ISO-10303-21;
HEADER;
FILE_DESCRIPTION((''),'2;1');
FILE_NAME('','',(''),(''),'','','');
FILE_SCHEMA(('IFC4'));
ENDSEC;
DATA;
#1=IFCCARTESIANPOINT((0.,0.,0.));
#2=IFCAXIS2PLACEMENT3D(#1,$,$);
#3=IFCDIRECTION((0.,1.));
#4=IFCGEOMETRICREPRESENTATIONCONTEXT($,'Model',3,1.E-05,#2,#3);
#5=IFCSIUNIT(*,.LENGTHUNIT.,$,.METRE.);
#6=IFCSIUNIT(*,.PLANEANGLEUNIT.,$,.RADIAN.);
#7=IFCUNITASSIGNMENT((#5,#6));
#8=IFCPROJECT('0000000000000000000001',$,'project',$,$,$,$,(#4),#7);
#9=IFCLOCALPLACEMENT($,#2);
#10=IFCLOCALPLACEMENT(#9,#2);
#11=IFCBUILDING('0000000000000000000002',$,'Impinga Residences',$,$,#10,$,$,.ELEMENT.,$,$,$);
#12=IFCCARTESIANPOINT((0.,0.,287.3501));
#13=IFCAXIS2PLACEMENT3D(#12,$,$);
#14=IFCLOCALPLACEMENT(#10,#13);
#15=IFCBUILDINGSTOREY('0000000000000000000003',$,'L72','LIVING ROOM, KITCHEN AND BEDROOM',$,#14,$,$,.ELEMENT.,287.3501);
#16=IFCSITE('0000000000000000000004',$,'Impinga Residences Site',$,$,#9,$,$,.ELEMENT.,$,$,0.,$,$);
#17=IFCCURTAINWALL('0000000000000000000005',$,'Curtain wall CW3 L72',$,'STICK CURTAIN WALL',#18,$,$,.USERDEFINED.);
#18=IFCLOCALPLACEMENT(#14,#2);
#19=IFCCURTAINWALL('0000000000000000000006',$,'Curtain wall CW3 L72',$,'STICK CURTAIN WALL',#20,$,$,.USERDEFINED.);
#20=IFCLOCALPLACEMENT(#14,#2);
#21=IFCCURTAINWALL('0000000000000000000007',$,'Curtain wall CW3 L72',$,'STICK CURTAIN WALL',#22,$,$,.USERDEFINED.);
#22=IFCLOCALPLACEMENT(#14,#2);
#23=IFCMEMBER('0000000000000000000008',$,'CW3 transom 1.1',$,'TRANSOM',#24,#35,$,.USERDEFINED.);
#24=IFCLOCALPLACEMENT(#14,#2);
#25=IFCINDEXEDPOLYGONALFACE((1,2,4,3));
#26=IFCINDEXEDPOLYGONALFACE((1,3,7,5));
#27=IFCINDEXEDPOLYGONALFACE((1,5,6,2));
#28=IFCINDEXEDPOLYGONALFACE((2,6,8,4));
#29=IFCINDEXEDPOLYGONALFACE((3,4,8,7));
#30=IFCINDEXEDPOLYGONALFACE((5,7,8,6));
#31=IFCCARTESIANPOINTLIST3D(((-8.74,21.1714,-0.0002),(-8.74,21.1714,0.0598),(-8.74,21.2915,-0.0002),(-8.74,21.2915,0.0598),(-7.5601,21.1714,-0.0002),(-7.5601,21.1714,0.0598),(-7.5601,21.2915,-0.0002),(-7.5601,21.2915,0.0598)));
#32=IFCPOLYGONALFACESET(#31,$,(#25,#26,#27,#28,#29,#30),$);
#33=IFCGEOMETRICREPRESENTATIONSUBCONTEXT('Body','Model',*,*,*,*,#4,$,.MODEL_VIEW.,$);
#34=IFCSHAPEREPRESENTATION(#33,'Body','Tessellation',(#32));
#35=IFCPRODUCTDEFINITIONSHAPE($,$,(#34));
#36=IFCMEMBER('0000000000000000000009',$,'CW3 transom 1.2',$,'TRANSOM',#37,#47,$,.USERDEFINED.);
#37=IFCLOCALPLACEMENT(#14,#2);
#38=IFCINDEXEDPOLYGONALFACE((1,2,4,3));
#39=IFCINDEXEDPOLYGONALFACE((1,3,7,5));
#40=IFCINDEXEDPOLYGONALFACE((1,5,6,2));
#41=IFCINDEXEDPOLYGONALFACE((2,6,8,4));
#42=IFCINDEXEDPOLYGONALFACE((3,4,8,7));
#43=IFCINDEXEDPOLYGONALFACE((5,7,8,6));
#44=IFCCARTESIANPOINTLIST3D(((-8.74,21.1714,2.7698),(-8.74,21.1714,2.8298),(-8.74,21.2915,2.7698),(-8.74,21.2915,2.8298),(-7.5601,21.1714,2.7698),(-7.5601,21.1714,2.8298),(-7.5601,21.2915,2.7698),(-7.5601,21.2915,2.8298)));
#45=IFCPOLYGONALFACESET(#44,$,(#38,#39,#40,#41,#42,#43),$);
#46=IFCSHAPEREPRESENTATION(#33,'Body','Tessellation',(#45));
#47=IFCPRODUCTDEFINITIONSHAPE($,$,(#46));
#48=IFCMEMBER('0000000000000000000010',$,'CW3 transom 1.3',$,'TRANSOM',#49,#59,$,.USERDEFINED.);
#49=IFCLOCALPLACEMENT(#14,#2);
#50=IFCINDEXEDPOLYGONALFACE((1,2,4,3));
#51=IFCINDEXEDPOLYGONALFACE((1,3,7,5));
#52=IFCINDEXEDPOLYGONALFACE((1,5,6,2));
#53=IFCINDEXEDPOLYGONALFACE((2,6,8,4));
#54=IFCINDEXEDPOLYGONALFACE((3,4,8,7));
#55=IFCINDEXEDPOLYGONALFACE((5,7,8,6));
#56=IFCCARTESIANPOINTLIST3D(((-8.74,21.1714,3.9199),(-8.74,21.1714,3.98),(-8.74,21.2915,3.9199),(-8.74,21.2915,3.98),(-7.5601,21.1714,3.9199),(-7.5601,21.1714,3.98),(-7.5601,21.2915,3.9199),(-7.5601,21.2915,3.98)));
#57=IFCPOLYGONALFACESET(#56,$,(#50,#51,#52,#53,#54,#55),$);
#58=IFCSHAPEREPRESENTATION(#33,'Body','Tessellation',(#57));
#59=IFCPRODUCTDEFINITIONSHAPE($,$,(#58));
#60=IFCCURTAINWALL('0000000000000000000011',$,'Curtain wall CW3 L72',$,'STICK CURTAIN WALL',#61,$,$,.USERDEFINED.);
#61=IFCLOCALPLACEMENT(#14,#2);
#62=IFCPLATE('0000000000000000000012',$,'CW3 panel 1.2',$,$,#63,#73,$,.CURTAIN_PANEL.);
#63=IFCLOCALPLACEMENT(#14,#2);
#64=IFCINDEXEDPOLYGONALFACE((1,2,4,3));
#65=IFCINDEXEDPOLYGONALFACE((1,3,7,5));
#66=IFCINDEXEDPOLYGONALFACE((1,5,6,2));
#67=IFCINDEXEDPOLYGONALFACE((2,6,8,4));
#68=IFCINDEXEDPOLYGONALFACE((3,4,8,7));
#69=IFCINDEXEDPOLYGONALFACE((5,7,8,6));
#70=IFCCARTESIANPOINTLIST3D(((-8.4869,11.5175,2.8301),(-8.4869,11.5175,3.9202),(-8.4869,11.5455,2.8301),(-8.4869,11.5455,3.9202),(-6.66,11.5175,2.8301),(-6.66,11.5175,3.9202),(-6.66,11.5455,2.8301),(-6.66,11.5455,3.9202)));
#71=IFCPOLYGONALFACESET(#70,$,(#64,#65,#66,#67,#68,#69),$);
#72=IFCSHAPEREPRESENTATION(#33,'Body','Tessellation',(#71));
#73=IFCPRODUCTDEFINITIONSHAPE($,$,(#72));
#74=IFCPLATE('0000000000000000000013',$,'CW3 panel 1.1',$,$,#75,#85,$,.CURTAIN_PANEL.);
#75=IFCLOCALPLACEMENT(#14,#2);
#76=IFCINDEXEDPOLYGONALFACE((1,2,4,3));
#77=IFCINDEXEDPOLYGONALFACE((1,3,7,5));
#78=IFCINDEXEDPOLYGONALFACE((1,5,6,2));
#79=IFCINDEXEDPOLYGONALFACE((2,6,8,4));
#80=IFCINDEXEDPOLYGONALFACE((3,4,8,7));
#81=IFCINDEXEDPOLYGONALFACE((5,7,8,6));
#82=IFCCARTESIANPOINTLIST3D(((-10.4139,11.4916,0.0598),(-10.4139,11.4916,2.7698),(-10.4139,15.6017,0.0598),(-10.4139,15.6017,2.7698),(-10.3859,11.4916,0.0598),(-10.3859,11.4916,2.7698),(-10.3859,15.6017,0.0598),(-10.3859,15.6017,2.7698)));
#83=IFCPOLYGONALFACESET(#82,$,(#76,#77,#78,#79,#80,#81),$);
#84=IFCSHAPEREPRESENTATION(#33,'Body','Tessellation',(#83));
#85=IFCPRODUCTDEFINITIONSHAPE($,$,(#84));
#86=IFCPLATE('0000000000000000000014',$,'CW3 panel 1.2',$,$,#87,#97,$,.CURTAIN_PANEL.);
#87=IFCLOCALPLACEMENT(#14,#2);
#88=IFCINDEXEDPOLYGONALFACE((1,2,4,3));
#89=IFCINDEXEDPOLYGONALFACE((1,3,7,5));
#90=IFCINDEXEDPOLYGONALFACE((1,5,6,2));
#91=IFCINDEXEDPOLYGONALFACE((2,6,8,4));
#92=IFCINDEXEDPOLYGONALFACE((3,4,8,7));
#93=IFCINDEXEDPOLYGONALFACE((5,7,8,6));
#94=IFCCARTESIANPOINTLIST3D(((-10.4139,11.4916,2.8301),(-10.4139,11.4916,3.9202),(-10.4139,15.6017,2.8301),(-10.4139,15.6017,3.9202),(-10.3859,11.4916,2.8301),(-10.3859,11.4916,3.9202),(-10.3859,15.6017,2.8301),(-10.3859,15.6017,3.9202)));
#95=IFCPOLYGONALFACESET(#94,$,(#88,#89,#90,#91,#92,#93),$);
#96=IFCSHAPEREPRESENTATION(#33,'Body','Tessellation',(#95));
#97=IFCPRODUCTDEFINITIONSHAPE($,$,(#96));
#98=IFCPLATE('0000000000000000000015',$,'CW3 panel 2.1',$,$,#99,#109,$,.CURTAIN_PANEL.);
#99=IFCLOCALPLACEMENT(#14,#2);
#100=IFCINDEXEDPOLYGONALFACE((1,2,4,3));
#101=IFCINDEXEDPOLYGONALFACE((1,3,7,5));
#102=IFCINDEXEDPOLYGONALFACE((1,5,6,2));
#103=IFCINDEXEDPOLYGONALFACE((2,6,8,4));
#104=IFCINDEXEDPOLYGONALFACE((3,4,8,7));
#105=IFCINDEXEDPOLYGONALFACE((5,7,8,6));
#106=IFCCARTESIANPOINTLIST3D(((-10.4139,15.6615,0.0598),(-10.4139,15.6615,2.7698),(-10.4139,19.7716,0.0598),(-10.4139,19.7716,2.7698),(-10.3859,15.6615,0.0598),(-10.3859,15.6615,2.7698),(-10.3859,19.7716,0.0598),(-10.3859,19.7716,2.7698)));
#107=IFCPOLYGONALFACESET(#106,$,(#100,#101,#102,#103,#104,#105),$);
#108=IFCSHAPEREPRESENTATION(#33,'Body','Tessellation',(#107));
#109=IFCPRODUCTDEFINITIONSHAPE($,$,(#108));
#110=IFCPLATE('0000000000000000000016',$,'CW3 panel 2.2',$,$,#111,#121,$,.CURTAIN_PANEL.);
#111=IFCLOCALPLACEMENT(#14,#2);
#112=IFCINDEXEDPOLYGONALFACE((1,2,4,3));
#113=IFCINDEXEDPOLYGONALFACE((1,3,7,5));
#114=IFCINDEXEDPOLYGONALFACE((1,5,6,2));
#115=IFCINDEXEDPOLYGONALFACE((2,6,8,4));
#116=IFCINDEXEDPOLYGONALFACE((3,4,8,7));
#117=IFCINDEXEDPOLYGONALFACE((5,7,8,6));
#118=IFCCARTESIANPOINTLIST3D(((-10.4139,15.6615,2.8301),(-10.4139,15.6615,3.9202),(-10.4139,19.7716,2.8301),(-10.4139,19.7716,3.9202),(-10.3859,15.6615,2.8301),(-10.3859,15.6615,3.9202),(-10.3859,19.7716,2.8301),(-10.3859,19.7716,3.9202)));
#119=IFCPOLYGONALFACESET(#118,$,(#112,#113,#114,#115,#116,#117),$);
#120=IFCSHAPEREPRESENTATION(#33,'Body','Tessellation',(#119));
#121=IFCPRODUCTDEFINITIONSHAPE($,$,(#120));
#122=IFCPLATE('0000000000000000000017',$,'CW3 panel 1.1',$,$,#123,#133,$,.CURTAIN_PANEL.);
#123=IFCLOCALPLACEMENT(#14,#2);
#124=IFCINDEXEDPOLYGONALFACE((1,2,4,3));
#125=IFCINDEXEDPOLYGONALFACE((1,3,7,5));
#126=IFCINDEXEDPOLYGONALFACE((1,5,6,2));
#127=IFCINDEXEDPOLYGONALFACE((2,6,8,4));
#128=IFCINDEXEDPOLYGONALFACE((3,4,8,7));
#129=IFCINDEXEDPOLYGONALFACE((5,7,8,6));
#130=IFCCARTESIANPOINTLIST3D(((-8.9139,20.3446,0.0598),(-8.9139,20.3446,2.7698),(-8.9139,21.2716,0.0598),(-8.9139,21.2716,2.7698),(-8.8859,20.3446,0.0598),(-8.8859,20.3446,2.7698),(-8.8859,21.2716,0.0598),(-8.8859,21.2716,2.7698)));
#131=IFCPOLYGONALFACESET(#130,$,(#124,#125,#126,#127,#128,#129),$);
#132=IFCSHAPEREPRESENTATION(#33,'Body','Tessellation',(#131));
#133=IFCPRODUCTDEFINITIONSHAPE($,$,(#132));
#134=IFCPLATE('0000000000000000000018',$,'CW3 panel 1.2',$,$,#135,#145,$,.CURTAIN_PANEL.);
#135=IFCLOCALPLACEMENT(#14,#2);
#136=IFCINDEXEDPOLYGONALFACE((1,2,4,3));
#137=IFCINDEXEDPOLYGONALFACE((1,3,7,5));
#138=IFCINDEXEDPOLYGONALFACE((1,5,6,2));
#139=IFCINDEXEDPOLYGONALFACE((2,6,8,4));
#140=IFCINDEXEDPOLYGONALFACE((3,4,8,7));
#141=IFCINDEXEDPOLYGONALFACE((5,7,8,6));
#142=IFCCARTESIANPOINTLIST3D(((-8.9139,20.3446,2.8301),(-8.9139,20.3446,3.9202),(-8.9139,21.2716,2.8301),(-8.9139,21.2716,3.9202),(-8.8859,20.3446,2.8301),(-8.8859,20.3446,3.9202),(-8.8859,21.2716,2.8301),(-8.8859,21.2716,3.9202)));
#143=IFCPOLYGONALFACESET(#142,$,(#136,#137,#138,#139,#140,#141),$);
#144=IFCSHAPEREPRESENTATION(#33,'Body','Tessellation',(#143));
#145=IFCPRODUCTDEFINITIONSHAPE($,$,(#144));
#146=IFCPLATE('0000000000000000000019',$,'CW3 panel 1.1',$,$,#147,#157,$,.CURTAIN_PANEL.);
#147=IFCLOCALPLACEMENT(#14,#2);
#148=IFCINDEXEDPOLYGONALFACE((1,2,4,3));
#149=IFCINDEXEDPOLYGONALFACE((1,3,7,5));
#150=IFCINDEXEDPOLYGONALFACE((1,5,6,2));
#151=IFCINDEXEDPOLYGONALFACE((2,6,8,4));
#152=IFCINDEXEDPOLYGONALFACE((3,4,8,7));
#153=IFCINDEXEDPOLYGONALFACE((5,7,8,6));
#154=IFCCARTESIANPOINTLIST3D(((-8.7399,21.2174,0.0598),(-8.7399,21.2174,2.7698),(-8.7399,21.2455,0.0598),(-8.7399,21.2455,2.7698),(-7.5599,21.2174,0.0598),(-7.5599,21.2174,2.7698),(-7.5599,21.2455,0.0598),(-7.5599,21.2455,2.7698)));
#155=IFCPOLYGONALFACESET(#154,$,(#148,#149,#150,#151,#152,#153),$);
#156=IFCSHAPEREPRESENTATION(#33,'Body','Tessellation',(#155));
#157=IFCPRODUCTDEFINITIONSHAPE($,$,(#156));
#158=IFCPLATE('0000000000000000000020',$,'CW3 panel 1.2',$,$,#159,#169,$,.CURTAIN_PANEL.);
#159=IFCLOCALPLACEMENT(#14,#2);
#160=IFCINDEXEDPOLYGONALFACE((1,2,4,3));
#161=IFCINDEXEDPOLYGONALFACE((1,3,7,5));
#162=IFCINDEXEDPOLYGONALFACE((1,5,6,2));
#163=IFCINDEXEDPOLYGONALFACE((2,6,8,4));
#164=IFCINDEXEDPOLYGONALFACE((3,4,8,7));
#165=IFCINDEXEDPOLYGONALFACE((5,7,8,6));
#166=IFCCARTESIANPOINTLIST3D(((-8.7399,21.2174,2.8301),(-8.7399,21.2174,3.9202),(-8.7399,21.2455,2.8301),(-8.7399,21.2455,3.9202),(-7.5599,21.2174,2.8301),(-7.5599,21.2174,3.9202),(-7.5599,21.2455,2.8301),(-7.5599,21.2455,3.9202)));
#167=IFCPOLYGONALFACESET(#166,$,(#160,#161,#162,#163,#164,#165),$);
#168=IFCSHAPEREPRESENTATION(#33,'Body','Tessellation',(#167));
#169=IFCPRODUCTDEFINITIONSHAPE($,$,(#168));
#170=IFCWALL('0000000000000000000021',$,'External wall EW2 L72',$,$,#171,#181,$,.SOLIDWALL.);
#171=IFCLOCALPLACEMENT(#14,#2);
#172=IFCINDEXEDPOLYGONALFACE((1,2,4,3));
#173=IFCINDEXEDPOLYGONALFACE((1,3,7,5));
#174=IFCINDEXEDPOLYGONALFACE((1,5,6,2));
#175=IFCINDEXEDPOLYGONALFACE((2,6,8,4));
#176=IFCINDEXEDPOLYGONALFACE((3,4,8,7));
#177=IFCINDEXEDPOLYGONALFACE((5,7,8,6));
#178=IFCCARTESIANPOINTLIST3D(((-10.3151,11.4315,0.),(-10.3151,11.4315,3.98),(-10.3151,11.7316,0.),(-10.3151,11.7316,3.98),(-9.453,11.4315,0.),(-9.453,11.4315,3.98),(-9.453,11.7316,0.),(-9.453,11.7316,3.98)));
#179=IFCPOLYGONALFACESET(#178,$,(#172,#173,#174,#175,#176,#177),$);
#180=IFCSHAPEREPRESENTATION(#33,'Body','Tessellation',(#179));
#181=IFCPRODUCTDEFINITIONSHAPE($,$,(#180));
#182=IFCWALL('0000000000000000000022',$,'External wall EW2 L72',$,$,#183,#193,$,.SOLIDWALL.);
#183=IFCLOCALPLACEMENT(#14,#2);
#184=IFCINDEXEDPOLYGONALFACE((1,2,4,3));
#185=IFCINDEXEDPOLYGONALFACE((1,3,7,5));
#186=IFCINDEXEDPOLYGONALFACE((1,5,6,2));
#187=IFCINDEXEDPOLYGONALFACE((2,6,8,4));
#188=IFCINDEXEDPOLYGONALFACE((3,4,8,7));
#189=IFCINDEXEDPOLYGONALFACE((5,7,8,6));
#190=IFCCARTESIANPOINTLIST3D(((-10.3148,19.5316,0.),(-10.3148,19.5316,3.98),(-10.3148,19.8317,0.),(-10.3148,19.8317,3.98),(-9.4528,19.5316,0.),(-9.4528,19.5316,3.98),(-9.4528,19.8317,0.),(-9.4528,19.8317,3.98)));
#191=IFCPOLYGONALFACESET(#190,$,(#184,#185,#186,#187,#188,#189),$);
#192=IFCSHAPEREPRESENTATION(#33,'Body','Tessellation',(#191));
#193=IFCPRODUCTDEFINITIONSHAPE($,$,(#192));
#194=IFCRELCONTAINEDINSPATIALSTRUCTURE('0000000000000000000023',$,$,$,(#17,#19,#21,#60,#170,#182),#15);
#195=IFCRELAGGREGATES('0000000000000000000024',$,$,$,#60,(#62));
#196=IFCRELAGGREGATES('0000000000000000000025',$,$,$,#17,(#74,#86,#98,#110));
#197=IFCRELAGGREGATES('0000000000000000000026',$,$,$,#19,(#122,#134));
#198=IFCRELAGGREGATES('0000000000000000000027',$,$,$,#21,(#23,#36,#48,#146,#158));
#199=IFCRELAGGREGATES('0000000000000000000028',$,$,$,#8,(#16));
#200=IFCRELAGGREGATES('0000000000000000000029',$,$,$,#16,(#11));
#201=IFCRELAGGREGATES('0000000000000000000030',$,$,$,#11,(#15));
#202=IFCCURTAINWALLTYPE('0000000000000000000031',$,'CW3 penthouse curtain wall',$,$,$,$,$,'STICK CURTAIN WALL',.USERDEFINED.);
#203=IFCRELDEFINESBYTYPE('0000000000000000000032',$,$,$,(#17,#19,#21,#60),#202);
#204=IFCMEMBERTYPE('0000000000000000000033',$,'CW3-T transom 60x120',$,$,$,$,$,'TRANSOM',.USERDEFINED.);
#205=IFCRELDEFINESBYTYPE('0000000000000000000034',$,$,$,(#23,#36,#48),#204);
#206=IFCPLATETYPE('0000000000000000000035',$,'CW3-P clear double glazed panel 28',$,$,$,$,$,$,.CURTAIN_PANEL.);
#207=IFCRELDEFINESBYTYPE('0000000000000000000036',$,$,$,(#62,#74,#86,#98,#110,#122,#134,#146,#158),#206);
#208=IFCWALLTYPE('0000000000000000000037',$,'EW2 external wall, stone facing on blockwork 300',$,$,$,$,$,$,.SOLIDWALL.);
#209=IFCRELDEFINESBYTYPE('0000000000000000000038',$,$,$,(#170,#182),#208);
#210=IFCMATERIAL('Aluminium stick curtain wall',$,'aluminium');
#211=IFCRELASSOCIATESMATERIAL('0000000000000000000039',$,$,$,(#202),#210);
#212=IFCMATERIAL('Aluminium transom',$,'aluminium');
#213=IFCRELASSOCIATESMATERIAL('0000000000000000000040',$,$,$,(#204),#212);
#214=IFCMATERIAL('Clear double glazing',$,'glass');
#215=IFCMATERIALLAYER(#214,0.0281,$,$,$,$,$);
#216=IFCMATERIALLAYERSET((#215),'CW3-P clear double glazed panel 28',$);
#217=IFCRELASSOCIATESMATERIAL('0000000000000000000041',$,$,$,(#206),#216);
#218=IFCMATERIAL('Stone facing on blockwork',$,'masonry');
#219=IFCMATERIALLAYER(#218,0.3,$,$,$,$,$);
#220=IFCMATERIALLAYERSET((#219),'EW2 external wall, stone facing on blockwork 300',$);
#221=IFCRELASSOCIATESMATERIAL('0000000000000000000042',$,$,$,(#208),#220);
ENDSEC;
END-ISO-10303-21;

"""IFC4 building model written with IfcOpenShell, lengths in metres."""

from ifc_helpers import new_model, si_unit, direction, frame, frame_2d, origin, origin_2d, place, context, subcontext, project, spatial, rectangle, extrude, material, layer, layer_set, material_profile, profile_set, type_object, element, aggregate, save


model = new_model("IFC4")

# Units and contexts
model_context = context("Model", 3, precision=1e-05, world=origin(), true_north=direction((0.0, 1.0)))
body_context = subcontext(model_context, "Body", "Model", "MODEL_VIEW")
ifc_project = project(units=[si_unit("LENGTHUNIT", "METRE"), si_unit("PLANEANGLEUNIT", "RADIAN")], contexts=[model_context])

# Site, building, storey
site_placement = place(None, origin())
site = spatial("IfcSite", under=ifc_project, at=site_placement, Name="Impinga Residences Site", CompositionType="ELEMENT", RefElevation=0.0)
building_placement = place(site_placement, origin())
building = spatial("IfcBuilding", under=site, at=building_placement, Name="Impinga Residences", CompositionType="ELEMENT")
storey_placement = place(building_placement, frame((0.0, 0.0, 287.3501)))
storey = spatial("IfcBuildingStorey", under=building, at=storey_placement, Name="L72", Description="LIVING ROOM, KITCHEN AND BEDROOM", CompositionType="ELEMENT", Elevation=287.3501)

# Curtain walls
ifc_material_1 = material(Name="Aluminium stick curtain wall", Category="aluminium")
curtain_wall_type = type_object("IfcCurtainWallType", Name="CW3 penthouse curtain wall", ElementType="STICK CURTAIN WALL", PredefinedType="USERDEFINED", material=ifc_material_1)
curtain_wall_1_placement = place(storey_placement, origin())
curtain_wall_1 = element("IfcCurtainWall", 1, at=curtain_wall_1_placement, inside=storey, type_object=curtain_wall_type, Name="Curtain wall CW3 L72", ObjectType="STICK CURTAIN WALL", PredefinedType="USERDEFINED")
curtain_wall_2_placement = place(storey_placement, origin())
curtain_wall_2 = element("IfcCurtainWall", 2, at=curtain_wall_2_placement, inside=storey, type_object=curtain_wall_type, Name="Curtain wall CW3 L72", ObjectType="STICK CURTAIN WALL", PredefinedType="USERDEFINED")
curtain_wall_3_placement = place(storey_placement, origin())
curtain_wall_3 = element("IfcCurtainWall", 3, at=curtain_wall_3_placement, inside=storey, type_object=curtain_wall_type, Name="Curtain wall CW3 L72", ObjectType="STICK CURTAIN WALL", PredefinedType="USERDEFINED")

# Members
ifc_material_2 = material(Name="Aluminium transom", Category="aluminium")
ifc_material_profile_1 = material_profile(ifc_material_2, rectangle(XDim=0.0601, YDim=0.1201, at=origin_2d()), Name="60x120 transom")
ifc_profile_set_1 = profile_set([ifc_material_profile_1], Name="Aluminium transom")
member_type_1 = type_object("IfcMemberType", Name="CW3-T transom 60x120", ElementType="TRANSOM", PredefinedType="USERDEFINED", material=ifc_profile_set_1)
member_1_placement = place(storey_placement, frame((-8.74, 21.2314, 0.0298), z_axis=(1.0, 0.0, 0.0), x_axis=(0.0, 0.0, 1.0)))
member_1 = element("IfcMember", 4, at=member_1_placement, type_object=member_type_1, Name="CW3 transom 1.1", ObjectType="TRANSOM", PredefinedType="USERDEFINED", context=body_context, shape_type="SweptSolid", body=[
    extrude(rectangle(XDim=0.0601, YDim=0.1201, at=origin_2d()), origin(), (0.0, 0.0, 1.0), 1.1799),
])
member_2_placement = place(storey_placement, frame((-8.74, 21.2314, 2.7998), z_axis=(1.0, 0.0, 0.0), x_axis=(0.0, 0.0, 1.0)))
member_2 = element("IfcMember", 5, at=member_2_placement, type_object=member_type_1, Name="CW3 transom 1.2", ObjectType="TRANSOM", PredefinedType="USERDEFINED", context=body_context, shape_type="SweptSolid", body=[
    extrude(rectangle(XDim=0.0601, YDim=0.1201, at=origin_2d()), origin(), (0.0, 0.0, 1.0), 1.1799),
])
member_3_placement = place(storey_placement, frame((-8.74, 21.2314, 3.95), z_axis=(1.0, 0.0, 0.0), x_axis=(0.0, 0.0, 1.0)))
member_3 = element("IfcMember", 6, at=member_3_placement, type_object=member_type_1, Name="CW3 transom 1.3", ObjectType="TRANSOM", PredefinedType="USERDEFINED", context=body_context, shape_type="SweptSolid", body=[
    extrude(rectangle(XDim=0.0601, YDim=0.1201, at=origin_2d()), origin(), (0.0, 0.0, 1.0), 1.1799),
])

# Curtain wall, plate
curtain_wall_4_placement = place(storey_placement, origin())
curtain_wall_4 = element("IfcCurtainWall", 7, at=curtain_wall_4_placement, inside=storey, type_object=curtain_wall_type, Name="Curtain wall CW3 L72", ObjectType="STICK CURTAIN WALL", PredefinedType="USERDEFINED")
ifc_material_3 = material(Name="Clear double glazing", Category="glass")
ifc_layer_1 = layer(ifc_material_3, 0.0281)
ifc_layer_set_1 = layer_set([ifc_layer_1], Name="CW3-P clear double glazed panel 28")
plate_type = type_object("IfcPlateType", Name="CW3-P clear double glazed panel 28", PredefinedType="CURTAIN_PANEL", material=ifc_layer_set_1)
plate_1_placement = place(storey_placement, frame((-7.5735, 11.5315, 2.8301), z_axis=(0.0, 0.0, 1.0), x_axis=(-1.0, 0.0, 0.0)))
plate_1 = element("IfcPlate", 8, at=plate_1_placement, type_object=plate_type, Name="CW3 panel 1.2", PredefinedType="CURTAIN_PANEL", context=body_context, shape_type="SweptSolid", body=[
    extrude(rectangle(XDim=1.8269, YDim=0.0281, at=origin_2d()), origin(), (0.0, 0.0, 1.0), 1.0901),
])
aggregate(curtain_wall_4, [plate_1])

# Plates
plate_2_placement = place(storey_placement, frame((-10.3999, 13.5466, 0.0598), z_axis=(0.0, 0.0, 1.0), x_axis=(0.0, 1.0, 0.0)))
plate_2 = element("IfcPlate", 9, at=plate_2_placement, type_object=plate_type, Name="CW3 panel 1.1", PredefinedType="CURTAIN_PANEL", context=body_context, shape_type="SweptSolid", body=[
    extrude(rectangle(XDim=4.1101, YDim=0.0281, at=origin_2d()), origin(), (0.0, 0.0, 1.0), 2.71),
])
plate_3_placement = place(storey_placement, frame((-10.3999, 13.5466, 2.8301), z_axis=(0.0, 0.0, 1.0), x_axis=(0.0, 1.0, 0.0)))
plate_3 = element("IfcPlate", 10, at=plate_3_placement, type_object=plate_type, Name="CW3 panel 1.2", PredefinedType="CURTAIN_PANEL", context=body_context, shape_type="SweptSolid", body=[
    extrude(rectangle(XDim=4.1101, YDim=0.0281, at=origin_2d()), origin(), (0.0, 0.0, 1.0), 1.0901),
])
plate_4_placement = place(storey_placement, frame((-10.3999, 17.7166, 0.0598), z_axis=(0.0, 0.0, 1.0), x_axis=(0.0, 1.0, 0.0)))
plate_4 = element("IfcPlate", 11, at=plate_4_placement, type_object=plate_type, Name="CW3 panel 2.1", PredefinedType="CURTAIN_PANEL", context=body_context, shape_type="SweptSolid", body=[
    extrude(rectangle(XDim=4.1101, YDim=0.0281, at=origin_2d()), origin(), (0.0, 0.0, 1.0), 2.71),
])
plate_5_placement = place(storey_placement, frame((-10.3999, 17.7166, 2.8301), z_axis=(0.0, 0.0, 1.0), x_axis=(0.0, 1.0, 0.0)))
plate_5 = element("IfcPlate", 12, at=plate_5_placement, type_object=plate_type, Name="CW3 panel 2.2", PredefinedType="CURTAIN_PANEL", context=body_context, shape_type="SweptSolid", body=[
    extrude(rectangle(XDim=4.1101, YDim=0.0281, at=origin_2d()), origin(), (0.0, 0.0, 1.0), 1.0901),
])
aggregate(curtain_wall_1, [plate_2, plate_3, plate_4, plate_5])
plate_6_placement = place(storey_placement, frame((-8.8999, 20.8081, 0.0598), z_axis=(0.0, 0.0, 1.0), x_axis=(0.0, 1.0, 0.0)))
plate_6 = element("IfcPlate", 13, at=plate_6_placement, type_object=plate_type, Name="CW3 panel 1.1", PredefinedType="CURTAIN_PANEL", context=body_context, shape_type="SweptSolid", body=[
    extrude(rectangle(XDim=0.927, YDim=0.0281, at=origin_2d()), origin(), (0.0, 0.0, 1.0), 2.71),
])
plate_7_placement = place(storey_placement, frame((-8.8999, 20.8081, 2.8301), z_axis=(0.0, 0.0, 1.0), x_axis=(0.0, 1.0, 0.0)))
plate_7 = element("IfcPlate", 14, at=plate_7_placement, type_object=plate_type, Name="CW3 panel 1.2", PredefinedType="CURTAIN_PANEL", context=body_context, shape_type="SweptSolid", body=[
    extrude(rectangle(XDim=0.927, YDim=0.0281, at=origin_2d()), origin(), (0.0, 0.0, 1.0), 1.0901),
])
aggregate(curtain_wall_2, [plate_6, plate_7])
plate_8_placement = place(storey_placement, frame((-8.1499, 21.2314, 0.0598), z_axis=(0.0, 0.0, 1.0), x_axis=(1.0, 0.0, 0.0)))
plate_8 = element("IfcPlate", 15, at=plate_8_placement, type_object=plate_type, Name="CW3 panel 1.1", PredefinedType="CURTAIN_PANEL", context=body_context, shape_type="SweptSolid", body=[
    extrude(rectangle(XDim=1.1799, YDim=0.0281, at=origin_2d()), origin(), (0.0, 0.0, 1.0), 2.71),
])
plate_9_placement = place(storey_placement, frame((-8.1499, 21.2314, 2.8301), z_axis=(0.0, 0.0, 1.0), x_axis=(1.0, 0.0, 0.0)))
plate_9 = element("IfcPlate", 16, at=plate_9_placement, type_object=plate_type, Name="CW3 panel 1.2", PredefinedType="CURTAIN_PANEL", context=body_context, shape_type="SweptSolid", body=[
    extrude(rectangle(XDim=1.1799, YDim=0.0281, at=origin_2d()), origin(), (0.0, 0.0, 1.0), 1.0901),
])
aggregate(curtain_wall_3, [member_1, member_2, member_3, plate_8, plate_9])

# Walls
ifc_material_4 = material(Name="Stone facing on blockwork", Category="masonry")
ifc_layer_2 = layer(ifc_material_4, 0.3)
ifc_layer_set_2 = layer_set([ifc_layer_2], Name="EW2 external wall, stone facing on blockwork 300")
wall_type = type_object("IfcWallType", Name="EW2 external wall, stone facing on blockwork 300", PredefinedType="SOLIDWALL", material=ifc_layer_set_2)
for number, where, z_axis, x_axis, name in (
    (17, (-9.4529, 11.5815, 0.0), (0.0, 0.0, 1.0), (-1.0, 0.0, 0.0), "External wall EW2 L72"),
    (18, (-10.3149, 19.6816, 0.0), (0.0, 0.0, 1.0), (1.0, 0.0, 0.0), "External wall EW2 L72"),
):
    element("IfcWall", number, at=place(storey_placement, frame(where, z_axis=z_axis, x_axis=x_axis)), inside=storey, type_object=wall_type, Name=name, PredefinedType="SOLIDWALL", context=body_context, shape_type="SweptSolid", body=[
        extrude(rectangle(XDim=0.8621, YDim=0.3, at=frame_2d((0.4312, 0.0))), origin(), (0.0, 0.0, 1.0), 3.98),
    ])

save(model, "model.ifc")
